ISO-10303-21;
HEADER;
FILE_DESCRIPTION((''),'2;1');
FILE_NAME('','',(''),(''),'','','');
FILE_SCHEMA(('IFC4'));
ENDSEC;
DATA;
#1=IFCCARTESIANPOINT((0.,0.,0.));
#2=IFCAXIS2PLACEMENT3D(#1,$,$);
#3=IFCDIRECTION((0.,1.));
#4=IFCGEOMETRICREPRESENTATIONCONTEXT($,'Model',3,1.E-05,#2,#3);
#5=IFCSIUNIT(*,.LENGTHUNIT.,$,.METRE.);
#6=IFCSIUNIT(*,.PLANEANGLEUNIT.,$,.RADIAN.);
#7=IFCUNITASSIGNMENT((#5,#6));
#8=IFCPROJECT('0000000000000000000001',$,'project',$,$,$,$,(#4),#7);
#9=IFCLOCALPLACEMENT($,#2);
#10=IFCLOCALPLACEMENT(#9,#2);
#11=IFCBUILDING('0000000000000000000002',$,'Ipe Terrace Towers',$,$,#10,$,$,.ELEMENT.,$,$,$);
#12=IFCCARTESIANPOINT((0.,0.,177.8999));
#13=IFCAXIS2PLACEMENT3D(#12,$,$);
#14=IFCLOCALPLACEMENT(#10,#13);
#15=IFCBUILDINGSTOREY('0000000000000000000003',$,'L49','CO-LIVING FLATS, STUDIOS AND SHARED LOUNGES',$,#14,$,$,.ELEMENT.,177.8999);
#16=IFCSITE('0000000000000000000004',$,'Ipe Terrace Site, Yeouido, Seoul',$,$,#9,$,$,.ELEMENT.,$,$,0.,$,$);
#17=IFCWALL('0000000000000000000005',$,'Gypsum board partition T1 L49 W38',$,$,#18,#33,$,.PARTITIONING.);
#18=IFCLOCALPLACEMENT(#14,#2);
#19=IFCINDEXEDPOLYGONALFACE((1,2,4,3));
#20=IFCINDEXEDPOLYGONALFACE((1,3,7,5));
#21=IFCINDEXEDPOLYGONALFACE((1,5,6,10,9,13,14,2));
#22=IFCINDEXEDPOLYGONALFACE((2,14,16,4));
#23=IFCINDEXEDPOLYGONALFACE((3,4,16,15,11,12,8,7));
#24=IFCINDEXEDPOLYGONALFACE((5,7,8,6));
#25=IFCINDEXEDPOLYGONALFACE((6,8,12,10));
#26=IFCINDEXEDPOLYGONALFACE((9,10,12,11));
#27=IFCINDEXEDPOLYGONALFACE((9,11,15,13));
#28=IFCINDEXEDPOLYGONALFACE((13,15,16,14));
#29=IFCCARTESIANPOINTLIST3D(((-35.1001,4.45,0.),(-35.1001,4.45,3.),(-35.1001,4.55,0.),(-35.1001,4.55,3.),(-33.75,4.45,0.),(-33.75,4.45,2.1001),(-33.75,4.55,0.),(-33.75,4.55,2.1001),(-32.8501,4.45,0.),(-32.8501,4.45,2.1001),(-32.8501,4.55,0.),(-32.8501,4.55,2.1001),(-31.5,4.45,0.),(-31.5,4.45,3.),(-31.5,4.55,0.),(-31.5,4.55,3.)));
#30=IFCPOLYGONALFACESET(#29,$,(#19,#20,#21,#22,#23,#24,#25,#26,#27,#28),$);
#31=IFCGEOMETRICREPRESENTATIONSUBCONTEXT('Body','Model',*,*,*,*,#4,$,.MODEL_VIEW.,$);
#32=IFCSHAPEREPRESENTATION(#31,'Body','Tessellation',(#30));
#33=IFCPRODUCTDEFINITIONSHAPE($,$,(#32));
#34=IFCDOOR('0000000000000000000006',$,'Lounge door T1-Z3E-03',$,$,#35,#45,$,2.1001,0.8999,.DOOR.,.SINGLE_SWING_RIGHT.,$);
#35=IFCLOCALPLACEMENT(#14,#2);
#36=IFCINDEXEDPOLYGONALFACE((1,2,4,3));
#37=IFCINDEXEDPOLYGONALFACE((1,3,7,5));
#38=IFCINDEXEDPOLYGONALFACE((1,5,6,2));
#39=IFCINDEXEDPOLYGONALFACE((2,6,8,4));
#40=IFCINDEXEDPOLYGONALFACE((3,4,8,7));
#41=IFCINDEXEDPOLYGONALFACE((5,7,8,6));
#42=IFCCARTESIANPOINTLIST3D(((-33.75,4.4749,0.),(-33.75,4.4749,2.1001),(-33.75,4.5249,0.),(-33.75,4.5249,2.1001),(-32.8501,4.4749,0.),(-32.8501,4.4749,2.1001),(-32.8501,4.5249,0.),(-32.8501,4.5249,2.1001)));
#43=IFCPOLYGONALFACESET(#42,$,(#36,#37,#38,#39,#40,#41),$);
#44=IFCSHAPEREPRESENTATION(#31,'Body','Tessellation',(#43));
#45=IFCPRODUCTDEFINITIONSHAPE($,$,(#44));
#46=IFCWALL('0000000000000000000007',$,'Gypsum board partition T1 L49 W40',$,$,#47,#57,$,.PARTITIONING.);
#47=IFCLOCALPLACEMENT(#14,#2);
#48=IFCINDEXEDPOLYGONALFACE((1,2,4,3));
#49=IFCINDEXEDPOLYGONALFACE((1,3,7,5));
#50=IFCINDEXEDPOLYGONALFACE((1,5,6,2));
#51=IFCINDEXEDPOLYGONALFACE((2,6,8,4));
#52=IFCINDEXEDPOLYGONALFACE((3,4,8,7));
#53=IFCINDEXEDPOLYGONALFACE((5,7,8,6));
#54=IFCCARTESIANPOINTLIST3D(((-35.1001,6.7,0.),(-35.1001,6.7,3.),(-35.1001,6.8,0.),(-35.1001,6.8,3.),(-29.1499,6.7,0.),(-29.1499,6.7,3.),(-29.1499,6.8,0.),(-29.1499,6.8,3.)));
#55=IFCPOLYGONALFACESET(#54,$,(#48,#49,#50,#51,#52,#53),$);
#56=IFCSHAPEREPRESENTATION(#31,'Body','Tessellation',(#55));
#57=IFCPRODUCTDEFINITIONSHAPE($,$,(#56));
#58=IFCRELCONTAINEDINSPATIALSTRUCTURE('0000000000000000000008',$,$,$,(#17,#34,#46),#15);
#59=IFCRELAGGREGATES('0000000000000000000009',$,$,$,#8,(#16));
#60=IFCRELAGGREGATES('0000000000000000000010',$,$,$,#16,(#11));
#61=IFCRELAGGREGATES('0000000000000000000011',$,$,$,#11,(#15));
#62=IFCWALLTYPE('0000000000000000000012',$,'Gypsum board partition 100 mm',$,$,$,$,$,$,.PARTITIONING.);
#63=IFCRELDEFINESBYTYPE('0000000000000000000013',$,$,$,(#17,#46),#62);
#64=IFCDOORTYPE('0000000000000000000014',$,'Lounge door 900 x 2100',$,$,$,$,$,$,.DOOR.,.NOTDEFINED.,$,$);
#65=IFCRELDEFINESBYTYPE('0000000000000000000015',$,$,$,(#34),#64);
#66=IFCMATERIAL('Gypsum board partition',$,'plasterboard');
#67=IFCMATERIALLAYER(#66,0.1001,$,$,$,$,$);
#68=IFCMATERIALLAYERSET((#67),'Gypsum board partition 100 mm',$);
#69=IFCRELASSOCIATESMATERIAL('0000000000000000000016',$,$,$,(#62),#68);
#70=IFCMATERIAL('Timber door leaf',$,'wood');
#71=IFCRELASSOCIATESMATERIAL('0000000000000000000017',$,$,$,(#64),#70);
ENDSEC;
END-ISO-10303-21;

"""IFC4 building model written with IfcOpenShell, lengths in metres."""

from ifc_helpers import new_model, si_unit, direction, frame, frame_2d, origin, place, context, subcontext, project, spatial, rectangle, extrude, material, layer, layer_set, type_object, element, fill, save


model = new_model("IFC4")

# Units and contexts
model_context = context("Model", 3, precision=1e-05, world=origin(), true_north=direction((0.0, 1.0)))
body_context = subcontext(model_context, "Body", "Model", "MODEL_VIEW")
ifc_project = project(units=[si_unit("LENGTHUNIT", "METRE"), si_unit("PLANEANGLEUNIT", "RADIAN")], contexts=[model_context])

# Site, building, storey
site_placement = place(None, origin())
site = spatial("IfcSite", under=ifc_project, at=site_placement, Name="Ipe Terrace Site, Yeouido, Seoul", CompositionType="ELEMENT", RefElevation=0.0)
building_placement = place(site_placement, origin())
building = spatial("IfcBuilding", under=site, at=building_placement, Name="Ipe Terrace Towers", CompositionType="ELEMENT")
storey_placement = place(building_placement, frame((0.0, 0.0, 177.8999)))
storey = spatial("IfcBuildingStorey", under=building, at=storey_placement, Name="L49", Description="CO-LIVING FLATS, STUDIOS AND SHARED LOUNGES", CompositionType="ELEMENT", Elevation=177.8999)

# Shared definitions
ifc_material_1 = material(Name="Gypsum board partition", Category="plasterboard")
ifc_layer_1 = layer(ifc_material_1, 0.1001)
ifc_layer_set_1 = layer_set([ifc_layer_1], Name="Gypsum board partition 100 mm")
wall_type_1 = type_object("IfcWallType", Name="Gypsum board partition 100 mm", PredefinedType="PARTITIONING", material=ifc_layer_set_1)
ifc_material_2 = material(Name="Timber door leaf", Category="wood")
door_type = type_object("IfcDoorType", Name="Lounge door 900 x 2100", OperationType="NOTDEFINED", PredefinedType="DOOR", material=ifc_material_2)

# Wall, opening, door
wall_1_placement = place(storey_placement, frame((-35.1001, 4.5, 0.0), z_axis=(0.0, 0.0, 1.0), x_axis=(1.0, 0.0, 0.0)))
wall_1 = element("IfcWall", 1, at=wall_1_placement, inside=storey, type_object=wall_type_1, Name="Gypsum board partition T1 L49 W38", PredefinedType="PARTITIONING", context=body_context, shape_type="SweptSolid", body=[
    extrude(rectangle(XDim=3.6001, YDim=0.1001, at=frame_2d((1.8, 0.0))), origin(), (0.0, 0.0, 1.0), 3.0),
])
opening_1_placement = place(wall_1_placement, frame((1.3501, 0.0, 0.0)))
opening_1 = element("IfcOpeningElement", 2, at=opening_1_placement, cuts=wall_1, PredefinedType="OPENING", context=body_context, shape_type="SweptSolid", body=[
    extrude(rectangle(XDim=0.8999, YDim=2.1001, at=frame_2d((0.45, 1.05))), frame((0.0, 0.0601, 0.0), z_axis=(0.0, -1.0, 0.0), x_axis=(1.0, 0.0, 0.0)), (0.0, 0.0, 1.0), 0.1201),
])
door_1_placement = place(opening_1_placement, origin())
door_1 = element("IfcDoor", 3, at=door_1_placement, inside=storey, type_object=door_type, Name="Lounge door T1-Z3E-03", OperationType="SINGLE_SWING_RIGHT", OverallHeight=2.1001, OverallWidth=0.8999, PredefinedType="DOOR", context=body_context, shape_type="SweptSolid", body=[
    extrude(rectangle(XDim=0.8999, YDim=2.1001, at=frame_2d((0.45, 1.05))), frame((0.0, 0.0249, 0.0), z_axis=(0.0, -1.0, 0.0), x_axis=(1.0, 0.0, 0.0)), (0.0, 0.0, 1.0), 0.05),
])
fill(opening_1, door_1)

# Wall
wall_2_placement = place(storey_placement, frame((-35.1001, 6.75, 0.0), z_axis=(0.0, 0.0, 1.0), x_axis=(1.0, 0.0, 0.0)))
element("IfcWall", 4, at=wall_2_placement, inside=storey, type_object=wall_type_1, Name="Gypsum board partition T1 L49 W40", PredefinedType="PARTITIONING", context=body_context, shape_type="SweptSolid", body=[
    extrude(rectangle(XDim=5.9502, YDim=0.1001, at=frame_2d((2.9751, 0.0))), origin(), (0.0, 0.0, 1.0), 3.0),
])

save(model, "model.ifc")
